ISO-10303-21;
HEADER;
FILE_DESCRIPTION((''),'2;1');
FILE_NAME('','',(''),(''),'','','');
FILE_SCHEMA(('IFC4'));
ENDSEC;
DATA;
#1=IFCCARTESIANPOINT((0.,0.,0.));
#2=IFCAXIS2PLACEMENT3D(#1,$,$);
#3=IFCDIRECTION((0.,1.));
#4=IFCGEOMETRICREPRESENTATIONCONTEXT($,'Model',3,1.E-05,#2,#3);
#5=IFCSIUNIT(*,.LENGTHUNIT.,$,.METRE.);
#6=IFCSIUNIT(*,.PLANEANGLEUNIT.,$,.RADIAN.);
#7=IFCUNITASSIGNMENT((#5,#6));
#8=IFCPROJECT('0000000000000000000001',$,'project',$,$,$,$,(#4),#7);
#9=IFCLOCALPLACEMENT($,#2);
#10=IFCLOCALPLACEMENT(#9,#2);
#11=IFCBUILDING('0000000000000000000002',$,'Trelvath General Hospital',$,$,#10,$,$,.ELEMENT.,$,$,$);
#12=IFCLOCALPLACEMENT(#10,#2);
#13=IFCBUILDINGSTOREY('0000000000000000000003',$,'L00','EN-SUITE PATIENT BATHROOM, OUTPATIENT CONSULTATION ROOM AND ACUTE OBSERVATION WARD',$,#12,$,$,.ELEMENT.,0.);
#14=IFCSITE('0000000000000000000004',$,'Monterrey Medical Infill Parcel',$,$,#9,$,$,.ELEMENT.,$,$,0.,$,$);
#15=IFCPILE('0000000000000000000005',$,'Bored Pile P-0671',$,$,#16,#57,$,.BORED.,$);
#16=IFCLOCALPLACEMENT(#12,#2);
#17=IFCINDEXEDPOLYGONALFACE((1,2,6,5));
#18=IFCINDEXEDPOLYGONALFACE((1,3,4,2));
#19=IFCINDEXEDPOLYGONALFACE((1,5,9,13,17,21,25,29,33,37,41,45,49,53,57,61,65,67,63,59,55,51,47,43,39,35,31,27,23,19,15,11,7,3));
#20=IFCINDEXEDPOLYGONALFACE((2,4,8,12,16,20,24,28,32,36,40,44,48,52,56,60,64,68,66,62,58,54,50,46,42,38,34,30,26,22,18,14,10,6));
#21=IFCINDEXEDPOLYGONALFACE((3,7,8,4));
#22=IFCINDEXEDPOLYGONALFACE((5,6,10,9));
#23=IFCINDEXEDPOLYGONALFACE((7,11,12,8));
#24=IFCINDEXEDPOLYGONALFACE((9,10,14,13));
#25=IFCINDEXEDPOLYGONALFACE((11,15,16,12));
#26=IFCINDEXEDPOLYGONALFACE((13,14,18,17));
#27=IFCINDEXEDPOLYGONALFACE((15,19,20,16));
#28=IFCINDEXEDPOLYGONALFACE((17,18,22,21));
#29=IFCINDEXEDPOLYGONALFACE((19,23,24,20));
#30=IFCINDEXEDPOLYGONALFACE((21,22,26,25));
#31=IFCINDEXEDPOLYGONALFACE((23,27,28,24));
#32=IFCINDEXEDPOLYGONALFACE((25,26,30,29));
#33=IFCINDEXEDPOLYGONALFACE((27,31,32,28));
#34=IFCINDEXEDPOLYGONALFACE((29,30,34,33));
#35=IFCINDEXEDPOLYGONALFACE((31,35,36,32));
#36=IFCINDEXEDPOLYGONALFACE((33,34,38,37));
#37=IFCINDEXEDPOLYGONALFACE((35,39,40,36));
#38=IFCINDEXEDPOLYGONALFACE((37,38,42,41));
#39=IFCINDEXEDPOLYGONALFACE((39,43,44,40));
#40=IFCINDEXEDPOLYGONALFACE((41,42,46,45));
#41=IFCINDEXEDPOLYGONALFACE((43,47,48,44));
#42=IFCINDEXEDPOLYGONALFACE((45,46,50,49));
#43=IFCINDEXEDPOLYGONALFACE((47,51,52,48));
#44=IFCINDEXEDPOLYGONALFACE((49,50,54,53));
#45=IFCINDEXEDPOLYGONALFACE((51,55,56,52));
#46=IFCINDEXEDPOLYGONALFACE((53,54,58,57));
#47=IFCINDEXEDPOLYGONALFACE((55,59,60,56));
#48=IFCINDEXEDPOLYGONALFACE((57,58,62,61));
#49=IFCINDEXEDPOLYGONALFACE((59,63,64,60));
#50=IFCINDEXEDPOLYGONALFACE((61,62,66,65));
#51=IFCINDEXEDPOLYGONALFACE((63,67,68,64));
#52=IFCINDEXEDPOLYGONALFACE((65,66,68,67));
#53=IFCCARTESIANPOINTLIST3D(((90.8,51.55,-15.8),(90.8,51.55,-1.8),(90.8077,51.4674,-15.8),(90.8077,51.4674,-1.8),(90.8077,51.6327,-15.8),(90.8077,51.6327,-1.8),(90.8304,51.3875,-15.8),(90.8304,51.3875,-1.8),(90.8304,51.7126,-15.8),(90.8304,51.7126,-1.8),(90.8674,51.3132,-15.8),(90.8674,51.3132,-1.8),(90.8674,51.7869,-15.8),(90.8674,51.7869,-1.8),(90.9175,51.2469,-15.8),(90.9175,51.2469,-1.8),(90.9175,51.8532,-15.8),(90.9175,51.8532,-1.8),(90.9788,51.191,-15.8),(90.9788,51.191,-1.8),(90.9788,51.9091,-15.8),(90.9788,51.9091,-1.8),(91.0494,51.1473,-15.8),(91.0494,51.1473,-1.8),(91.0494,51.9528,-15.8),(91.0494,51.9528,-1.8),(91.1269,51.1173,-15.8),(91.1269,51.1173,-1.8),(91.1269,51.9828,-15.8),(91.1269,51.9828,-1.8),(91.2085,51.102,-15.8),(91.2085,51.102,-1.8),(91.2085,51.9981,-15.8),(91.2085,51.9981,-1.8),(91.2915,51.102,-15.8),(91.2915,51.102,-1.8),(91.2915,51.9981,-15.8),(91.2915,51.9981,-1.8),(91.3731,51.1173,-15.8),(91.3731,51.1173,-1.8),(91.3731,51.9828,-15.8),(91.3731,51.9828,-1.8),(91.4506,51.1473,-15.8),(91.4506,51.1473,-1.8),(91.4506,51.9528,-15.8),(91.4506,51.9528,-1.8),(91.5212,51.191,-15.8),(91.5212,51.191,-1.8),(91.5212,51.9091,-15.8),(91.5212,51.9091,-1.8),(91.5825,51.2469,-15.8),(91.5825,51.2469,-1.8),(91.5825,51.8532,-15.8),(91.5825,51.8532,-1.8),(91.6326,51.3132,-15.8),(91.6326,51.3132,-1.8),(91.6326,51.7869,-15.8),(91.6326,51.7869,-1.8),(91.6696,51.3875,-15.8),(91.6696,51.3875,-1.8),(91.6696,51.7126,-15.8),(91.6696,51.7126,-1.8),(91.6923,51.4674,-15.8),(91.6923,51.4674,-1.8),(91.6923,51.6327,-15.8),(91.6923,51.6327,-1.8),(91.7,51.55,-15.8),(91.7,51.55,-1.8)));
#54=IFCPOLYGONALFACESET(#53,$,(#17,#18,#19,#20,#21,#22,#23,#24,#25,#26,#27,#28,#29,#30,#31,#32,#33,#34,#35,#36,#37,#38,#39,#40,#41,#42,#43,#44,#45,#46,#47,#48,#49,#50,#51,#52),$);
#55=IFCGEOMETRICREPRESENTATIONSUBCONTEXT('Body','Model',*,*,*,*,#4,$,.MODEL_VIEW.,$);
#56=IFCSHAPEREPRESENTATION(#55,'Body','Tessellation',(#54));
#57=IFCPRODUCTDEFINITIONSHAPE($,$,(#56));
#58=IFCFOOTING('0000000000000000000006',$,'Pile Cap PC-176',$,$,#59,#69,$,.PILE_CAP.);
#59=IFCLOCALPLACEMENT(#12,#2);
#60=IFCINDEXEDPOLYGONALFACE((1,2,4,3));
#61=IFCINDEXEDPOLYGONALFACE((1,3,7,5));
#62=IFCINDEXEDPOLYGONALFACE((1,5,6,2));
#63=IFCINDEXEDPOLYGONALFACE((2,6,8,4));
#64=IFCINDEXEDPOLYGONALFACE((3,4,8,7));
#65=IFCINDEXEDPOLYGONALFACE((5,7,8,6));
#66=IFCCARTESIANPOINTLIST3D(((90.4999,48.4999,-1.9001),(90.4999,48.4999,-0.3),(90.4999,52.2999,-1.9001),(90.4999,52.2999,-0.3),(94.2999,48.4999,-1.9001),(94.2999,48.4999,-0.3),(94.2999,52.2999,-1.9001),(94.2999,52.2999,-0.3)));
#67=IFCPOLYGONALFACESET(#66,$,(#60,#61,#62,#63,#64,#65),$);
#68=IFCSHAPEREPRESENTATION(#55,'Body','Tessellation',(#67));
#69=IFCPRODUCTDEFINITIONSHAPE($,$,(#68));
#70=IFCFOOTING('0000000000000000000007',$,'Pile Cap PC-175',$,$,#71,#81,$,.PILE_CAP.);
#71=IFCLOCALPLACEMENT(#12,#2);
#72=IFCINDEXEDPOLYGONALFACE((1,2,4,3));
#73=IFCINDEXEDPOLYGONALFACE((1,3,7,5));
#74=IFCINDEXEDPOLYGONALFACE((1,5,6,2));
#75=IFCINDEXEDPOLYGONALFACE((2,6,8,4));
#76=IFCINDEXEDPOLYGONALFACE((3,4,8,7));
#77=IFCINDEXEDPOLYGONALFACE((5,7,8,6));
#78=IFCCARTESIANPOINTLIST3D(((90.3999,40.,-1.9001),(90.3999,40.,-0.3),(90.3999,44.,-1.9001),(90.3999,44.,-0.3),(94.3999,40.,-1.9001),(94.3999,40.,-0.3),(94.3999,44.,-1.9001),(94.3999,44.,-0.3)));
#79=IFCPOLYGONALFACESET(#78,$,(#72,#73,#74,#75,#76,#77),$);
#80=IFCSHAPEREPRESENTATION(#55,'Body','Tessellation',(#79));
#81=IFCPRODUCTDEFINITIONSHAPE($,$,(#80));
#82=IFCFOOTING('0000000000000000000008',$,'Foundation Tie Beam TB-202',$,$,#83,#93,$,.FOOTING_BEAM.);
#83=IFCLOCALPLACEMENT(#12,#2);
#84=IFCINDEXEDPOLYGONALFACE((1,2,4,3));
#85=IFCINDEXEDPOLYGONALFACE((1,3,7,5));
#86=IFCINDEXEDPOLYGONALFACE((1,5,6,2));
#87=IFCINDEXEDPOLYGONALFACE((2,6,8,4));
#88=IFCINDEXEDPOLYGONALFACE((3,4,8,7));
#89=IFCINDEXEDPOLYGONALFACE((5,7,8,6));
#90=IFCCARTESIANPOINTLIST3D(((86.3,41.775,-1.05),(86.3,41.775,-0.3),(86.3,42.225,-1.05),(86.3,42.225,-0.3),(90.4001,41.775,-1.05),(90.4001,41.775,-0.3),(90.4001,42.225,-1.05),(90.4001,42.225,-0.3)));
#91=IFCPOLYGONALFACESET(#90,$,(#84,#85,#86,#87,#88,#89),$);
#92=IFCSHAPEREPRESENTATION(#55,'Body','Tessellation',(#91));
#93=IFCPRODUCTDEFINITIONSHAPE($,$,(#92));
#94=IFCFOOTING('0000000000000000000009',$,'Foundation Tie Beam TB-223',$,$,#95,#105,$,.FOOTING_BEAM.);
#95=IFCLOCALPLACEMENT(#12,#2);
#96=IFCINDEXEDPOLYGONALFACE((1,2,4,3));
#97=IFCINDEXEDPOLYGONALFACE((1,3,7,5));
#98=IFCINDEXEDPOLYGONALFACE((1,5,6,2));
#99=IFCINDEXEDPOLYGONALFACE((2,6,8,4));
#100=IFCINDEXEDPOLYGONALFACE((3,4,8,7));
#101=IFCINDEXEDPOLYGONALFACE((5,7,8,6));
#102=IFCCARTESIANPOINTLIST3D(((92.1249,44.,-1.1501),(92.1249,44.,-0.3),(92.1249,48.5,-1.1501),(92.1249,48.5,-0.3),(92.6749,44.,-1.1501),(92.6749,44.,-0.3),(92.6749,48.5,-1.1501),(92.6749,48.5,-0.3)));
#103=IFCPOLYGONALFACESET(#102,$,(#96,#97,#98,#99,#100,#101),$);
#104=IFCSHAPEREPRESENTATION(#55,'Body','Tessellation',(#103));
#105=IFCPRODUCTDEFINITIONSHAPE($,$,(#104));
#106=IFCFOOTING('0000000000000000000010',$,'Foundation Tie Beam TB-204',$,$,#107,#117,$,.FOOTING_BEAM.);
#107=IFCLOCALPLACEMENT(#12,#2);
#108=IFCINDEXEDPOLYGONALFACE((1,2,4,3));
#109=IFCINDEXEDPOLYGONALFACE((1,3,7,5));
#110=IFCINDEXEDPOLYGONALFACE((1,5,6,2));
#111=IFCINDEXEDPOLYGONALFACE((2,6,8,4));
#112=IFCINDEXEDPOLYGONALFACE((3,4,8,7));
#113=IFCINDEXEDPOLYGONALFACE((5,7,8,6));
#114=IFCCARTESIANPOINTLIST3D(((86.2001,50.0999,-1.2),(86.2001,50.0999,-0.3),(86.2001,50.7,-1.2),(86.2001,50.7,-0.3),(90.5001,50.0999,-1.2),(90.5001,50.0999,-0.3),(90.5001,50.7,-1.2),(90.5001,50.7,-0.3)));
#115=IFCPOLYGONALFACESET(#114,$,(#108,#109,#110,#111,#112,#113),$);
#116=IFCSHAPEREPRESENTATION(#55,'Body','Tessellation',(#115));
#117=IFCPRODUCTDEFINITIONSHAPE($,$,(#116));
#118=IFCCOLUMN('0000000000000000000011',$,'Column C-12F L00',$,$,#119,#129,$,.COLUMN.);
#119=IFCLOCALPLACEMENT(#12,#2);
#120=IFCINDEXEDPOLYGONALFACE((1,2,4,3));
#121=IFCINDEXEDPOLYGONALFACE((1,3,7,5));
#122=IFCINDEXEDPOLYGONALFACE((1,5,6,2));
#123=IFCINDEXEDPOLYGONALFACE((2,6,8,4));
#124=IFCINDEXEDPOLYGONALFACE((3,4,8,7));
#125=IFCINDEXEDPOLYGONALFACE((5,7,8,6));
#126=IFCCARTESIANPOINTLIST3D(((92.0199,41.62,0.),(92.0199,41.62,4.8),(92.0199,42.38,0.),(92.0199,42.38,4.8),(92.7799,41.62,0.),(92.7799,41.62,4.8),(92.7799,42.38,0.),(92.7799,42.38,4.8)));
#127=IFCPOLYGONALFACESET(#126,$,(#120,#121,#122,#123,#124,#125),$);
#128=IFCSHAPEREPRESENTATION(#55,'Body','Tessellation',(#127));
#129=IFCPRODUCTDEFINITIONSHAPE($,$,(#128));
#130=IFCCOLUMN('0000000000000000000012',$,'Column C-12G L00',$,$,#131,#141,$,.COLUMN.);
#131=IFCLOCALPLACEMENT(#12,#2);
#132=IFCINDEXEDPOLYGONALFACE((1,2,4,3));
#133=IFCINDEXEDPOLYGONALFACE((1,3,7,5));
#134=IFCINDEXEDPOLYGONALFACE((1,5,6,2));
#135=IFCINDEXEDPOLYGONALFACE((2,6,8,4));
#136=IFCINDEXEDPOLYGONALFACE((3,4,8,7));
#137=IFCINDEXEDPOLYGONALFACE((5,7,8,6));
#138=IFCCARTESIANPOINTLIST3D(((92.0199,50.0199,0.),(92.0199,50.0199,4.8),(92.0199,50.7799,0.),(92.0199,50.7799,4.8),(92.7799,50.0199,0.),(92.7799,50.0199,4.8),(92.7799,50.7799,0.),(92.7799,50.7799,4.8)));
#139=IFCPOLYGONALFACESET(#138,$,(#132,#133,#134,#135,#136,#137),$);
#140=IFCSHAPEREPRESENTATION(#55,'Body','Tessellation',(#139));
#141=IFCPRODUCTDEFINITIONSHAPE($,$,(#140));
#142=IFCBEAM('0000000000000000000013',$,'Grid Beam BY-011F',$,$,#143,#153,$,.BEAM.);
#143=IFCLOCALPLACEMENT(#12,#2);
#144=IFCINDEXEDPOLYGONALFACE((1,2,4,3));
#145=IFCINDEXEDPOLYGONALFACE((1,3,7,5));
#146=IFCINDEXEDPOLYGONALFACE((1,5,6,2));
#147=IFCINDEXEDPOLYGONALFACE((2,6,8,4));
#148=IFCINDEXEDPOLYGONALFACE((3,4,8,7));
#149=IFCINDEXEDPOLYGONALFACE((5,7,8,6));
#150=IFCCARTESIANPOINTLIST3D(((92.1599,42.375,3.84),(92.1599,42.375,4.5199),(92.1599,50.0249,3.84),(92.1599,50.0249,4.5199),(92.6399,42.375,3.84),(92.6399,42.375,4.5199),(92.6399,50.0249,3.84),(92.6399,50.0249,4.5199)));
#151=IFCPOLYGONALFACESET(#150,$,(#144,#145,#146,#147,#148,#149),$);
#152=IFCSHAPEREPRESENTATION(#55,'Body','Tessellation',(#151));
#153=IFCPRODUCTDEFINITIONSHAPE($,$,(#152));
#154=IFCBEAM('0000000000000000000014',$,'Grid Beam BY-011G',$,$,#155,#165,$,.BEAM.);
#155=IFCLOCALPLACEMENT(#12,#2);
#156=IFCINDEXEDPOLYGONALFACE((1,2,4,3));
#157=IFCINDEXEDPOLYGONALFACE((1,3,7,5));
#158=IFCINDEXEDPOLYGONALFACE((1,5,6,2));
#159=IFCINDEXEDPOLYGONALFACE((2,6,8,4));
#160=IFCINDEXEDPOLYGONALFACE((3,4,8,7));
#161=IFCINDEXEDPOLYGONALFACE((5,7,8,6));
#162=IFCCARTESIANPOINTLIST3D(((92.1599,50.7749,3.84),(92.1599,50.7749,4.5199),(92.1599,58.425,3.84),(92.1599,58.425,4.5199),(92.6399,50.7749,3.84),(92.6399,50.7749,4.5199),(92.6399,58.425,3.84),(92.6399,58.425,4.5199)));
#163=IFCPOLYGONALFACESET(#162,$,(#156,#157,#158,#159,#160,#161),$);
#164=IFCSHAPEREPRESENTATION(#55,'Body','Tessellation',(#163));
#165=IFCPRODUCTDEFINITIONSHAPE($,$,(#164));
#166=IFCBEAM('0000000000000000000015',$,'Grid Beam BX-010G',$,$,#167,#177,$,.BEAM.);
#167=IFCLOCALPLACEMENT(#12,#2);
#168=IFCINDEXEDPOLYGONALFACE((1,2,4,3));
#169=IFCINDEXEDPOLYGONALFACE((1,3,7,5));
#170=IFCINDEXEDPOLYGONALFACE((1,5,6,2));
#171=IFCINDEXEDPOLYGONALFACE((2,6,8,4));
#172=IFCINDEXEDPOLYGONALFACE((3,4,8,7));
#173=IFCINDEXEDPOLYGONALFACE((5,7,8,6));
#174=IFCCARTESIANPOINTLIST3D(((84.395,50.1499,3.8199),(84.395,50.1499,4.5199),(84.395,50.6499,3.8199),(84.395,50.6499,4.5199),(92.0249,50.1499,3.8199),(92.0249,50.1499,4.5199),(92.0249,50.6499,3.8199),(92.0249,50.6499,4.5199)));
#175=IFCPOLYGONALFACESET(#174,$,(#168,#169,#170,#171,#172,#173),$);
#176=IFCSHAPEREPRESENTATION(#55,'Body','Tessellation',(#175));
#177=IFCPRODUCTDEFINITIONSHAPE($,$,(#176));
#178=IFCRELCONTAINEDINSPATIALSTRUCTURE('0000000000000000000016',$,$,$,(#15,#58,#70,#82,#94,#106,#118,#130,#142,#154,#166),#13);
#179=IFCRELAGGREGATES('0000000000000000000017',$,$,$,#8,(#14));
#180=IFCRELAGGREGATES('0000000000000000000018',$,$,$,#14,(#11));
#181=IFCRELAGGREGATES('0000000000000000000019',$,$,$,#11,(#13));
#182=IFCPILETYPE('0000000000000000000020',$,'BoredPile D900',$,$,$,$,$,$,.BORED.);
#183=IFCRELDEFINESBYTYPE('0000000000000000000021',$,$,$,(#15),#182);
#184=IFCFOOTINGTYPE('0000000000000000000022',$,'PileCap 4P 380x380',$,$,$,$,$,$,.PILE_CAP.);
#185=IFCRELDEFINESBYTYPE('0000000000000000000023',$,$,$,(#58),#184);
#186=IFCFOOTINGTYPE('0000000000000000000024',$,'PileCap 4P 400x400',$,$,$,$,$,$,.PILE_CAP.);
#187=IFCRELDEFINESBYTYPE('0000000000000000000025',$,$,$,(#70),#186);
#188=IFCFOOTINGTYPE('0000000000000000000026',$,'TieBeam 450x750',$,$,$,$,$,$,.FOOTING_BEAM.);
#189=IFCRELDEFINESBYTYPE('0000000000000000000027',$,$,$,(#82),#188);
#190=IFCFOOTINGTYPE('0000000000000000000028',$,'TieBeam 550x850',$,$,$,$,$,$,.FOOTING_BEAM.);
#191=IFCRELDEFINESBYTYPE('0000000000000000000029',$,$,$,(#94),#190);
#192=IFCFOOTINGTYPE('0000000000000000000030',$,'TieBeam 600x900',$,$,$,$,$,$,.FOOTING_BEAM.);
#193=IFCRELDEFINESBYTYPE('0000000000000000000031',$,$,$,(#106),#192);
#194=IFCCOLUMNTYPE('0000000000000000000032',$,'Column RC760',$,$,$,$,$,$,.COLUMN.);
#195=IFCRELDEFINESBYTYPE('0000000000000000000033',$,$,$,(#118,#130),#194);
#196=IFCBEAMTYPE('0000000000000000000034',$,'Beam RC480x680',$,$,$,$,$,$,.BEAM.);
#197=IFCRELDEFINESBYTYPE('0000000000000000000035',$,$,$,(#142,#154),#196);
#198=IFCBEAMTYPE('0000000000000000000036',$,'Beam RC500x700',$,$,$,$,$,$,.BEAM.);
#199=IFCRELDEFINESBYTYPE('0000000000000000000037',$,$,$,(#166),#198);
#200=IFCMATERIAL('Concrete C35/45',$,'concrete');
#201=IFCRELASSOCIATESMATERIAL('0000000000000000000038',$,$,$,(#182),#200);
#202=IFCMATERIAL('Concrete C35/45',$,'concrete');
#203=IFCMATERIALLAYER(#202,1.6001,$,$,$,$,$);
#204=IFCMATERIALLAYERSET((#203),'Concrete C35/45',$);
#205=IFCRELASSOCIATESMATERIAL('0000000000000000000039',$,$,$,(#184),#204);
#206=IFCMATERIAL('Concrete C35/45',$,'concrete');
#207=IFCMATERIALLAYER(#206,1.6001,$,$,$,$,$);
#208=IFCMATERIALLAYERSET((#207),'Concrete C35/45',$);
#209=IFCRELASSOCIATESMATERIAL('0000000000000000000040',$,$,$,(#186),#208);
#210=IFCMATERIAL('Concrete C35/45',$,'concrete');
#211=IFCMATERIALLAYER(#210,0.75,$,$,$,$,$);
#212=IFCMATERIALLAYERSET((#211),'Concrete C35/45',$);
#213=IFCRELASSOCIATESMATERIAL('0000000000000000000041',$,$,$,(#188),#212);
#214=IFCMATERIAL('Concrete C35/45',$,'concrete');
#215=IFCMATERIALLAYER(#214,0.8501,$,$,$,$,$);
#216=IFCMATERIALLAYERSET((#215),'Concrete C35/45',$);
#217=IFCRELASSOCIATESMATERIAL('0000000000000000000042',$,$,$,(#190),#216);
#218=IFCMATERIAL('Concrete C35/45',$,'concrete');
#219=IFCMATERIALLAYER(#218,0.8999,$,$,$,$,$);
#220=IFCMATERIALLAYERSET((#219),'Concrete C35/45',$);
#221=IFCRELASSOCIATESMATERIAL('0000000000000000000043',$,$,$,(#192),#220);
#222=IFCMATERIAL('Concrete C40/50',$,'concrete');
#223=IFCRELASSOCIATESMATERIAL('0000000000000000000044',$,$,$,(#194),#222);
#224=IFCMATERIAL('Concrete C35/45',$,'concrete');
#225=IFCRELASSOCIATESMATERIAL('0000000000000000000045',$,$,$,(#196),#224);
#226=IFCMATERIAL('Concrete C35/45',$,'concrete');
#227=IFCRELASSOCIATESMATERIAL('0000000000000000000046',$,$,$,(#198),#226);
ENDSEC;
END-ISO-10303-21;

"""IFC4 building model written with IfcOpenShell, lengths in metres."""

from ifc_helpers import new_model, si_unit, direction, frame, origin, origin_2d, place, context, subcontext, project, spatial, rectangle, circle, extrude, material, layer, layer_set, material_profile, profile_set, type_object, element, save


model = new_model("IFC4")

# Units and contexts
model_context = context("Model", 3, precision=1e-05, world=origin(), true_north=direction((0.0, 1.0)))
body_context = subcontext(model_context, "Body", "Model", "MODEL_VIEW")
ifc_project = project(units=[si_unit("LENGTHUNIT", "METRE"), si_unit("PLANEANGLEUNIT", "RADIAN")], contexts=[model_context])

# Site, building, storey
site_placement = place(None, origin())
site = spatial("IfcSite", under=ifc_project, at=site_placement, Name="Monterrey Medical Infill Parcel", CompositionType="ELEMENT", RefElevation=0.0)
building_placement = place(site_placement, origin())
building = spatial("IfcBuilding", under=site, at=building_placement, Name="Trelvath General Hospital", CompositionType="ELEMENT")
storey_placement = place(building_placement, origin())
storey = spatial("IfcBuildingStorey", under=building, at=storey_placement, Name="L00", Description="EN-SUITE PATIENT BATHROOM, OUTPATIENT CONSULTATION ROOM AND ACUTE OBSERVATION WARD", CompositionType="ELEMENT", Elevation=0.0)

# Pile
ifc_material_1 = material(Name="Concrete C35/45", Category="concrete")
ifc_material_profile_1 = material_profile(ifc_material_1, circle(Radius=0.45, at=origin_2d()), Name="PILE900")
ifc_profile_set_1 = profile_set([ifc_material_profile_1], Name="Concrete C35/45")
pile_type_1 = type_object("IfcPileType", Name="BoredPile D900", PredefinedType="BORED", material=ifc_profile_set_1)
for number, where, z_axis, x_axis, name in (
    (1, (91.25, 51.55, -1.8), (0.0, 0.0, -1.0), (1.0, 0.0, 0.0), "Bored Pile P-0671"),
):
    element("IfcPile", number, at=place(storey_placement, frame(where, z_axis=z_axis, x_axis=x_axis)), inside=storey, type_object=pile_type_1, Name=name, PredefinedType="BORED", context=body_context, shape_type="SweptSolid", body=[
        extrude(circle(Radius=0.45, at=origin_2d()), origin(), (0.0, 0.0, 1.0), 14.0),
    ])

# Footings
ifc_material_2 = material(Name="Concrete C35/45", Category="concrete")
ifc_layer_1 = layer(ifc_material_2, 1.6001)
ifc_layer_set_1 = layer_set([ifc_layer_1], Name="Concrete C35/45")
footing_type_1 = type_object("IfcFootingType", Name="PileCap 4P 380x380", PredefinedType="PILE_CAP", material=ifc_layer_set_1)
footing_1_placement = place(storey_placement, frame((92.3999, 50.3999, -1.9001), z_axis=(0.0, 0.0, 1.0), x_axis=(1.0, 0.0, 0.0)))
element("IfcFooting", 2, at=footing_1_placement, inside=storey, type_object=footing_type_1, Name="Pile Cap PC-176", PredefinedType="PILE_CAP", context=body_context, shape_type="SweptSolid", body=[
    extrude(rectangle(XDim=3.8, YDim=3.8, at=origin_2d()), origin(), (0.0, 0.0, 1.0), 1.6001),
])
ifc_material_3 = material(Name="Concrete C35/45", Category="concrete")
ifc_layer_2 = layer(ifc_material_3, 1.6001)
ifc_layer_set_2 = layer_set([ifc_layer_2], Name="Concrete C35/45")
footing_type_2 = type_object("IfcFootingType", Name="PileCap 4P 400x400", PredefinedType="PILE_CAP", material=ifc_layer_set_2)
footing_2_placement = place(storey_placement, frame((92.3999, 42.0, -1.9001), z_axis=(0.0, 0.0, 1.0), x_axis=(1.0, 0.0, 0.0)))
element("IfcFooting", 3, at=footing_2_placement, inside=storey, type_object=footing_type_2, Name="Pile Cap PC-175", PredefinedType="PILE_CAP", context=body_context, shape_type="SweptSolid", body=[
    extrude(rectangle(XDim=4.0, YDim=4.0, at=origin_2d()), origin(), (0.0, 0.0, 1.0), 1.6001),
])
ifc_material_4 = material(Name="Concrete C35/45", Category="concrete")
ifc_layer_3 = layer(ifc_material_4, 0.75)
ifc_layer_set_3 = layer_set([ifc_layer_3], Name="Concrete C35/45")
footing_type_3 = type_object("IfcFootingType", Name="TieBeam 450x750", PredefinedType="FOOTING_BEAM", material=ifc_layer_set_3)
footing_3_placement = place(storey_placement, frame((88.3501, 42.0, -1.05), z_axis=(0.0, 0.0, 1.0), x_axis=(1.0, 0.0, 0.0)))
element("IfcFooting", 4, at=footing_3_placement, inside=storey, type_object=footing_type_3, Name="Foundation Tie Beam TB-202", PredefinedType="FOOTING_BEAM", context=body_context, shape_type="SweptSolid", body=[
    extrude(rectangle(XDim=4.1001, YDim=0.45, at=origin_2d()), origin(), (0.0, 0.0, 1.0), 0.75),
])
ifc_material_5 = material(Name="Concrete C35/45", Category="concrete")
ifc_layer_4 = layer(ifc_material_5, 0.8501)
ifc_layer_set_4 = layer_set([ifc_layer_4], Name="Concrete C35/45")
footing_type_4 = type_object("IfcFootingType", Name="TieBeam 550x850", PredefinedType="FOOTING_BEAM", material=ifc_layer_set_4)
footing_4_placement = place(storey_placement, frame((92.3999, 46.25, -1.1501), z_axis=(0.0, 0.0, 1.0), x_axis=(1.0, 0.0, 0.0)))
element("IfcFooting", 5, at=footing_4_placement, inside=storey, type_object=footing_type_4, Name="Foundation Tie Beam TB-223", PredefinedType="FOOTING_BEAM", context=body_context, shape_type="SweptSolid", body=[
    extrude(rectangle(XDim=0.55, YDim=4.5, at=origin_2d()), origin(), (0.0, 0.0, 1.0), 0.8501),
])
ifc_material_6 = material(Name="Concrete C35/45", Category="concrete")
ifc_layer_5 = layer(ifc_material_6, 0.8999)
ifc_layer_set_5 = layer_set([ifc_layer_5], Name="Concrete C35/45")
footing_type_5 = type_object("IfcFootingType", Name="TieBeam 600x900", PredefinedType="FOOTING_BEAM", material=ifc_layer_set_5)
footing_5_placement = place(storey_placement, frame((88.3501, 50.3999, -1.2), z_axis=(0.0, 0.0, 1.0), x_axis=(1.0, 0.0, 0.0)))
element("IfcFooting", 6, at=footing_5_placement, inside=storey, type_object=footing_type_5, Name="Foundation Tie Beam TB-204", PredefinedType="FOOTING_BEAM", context=body_context, shape_type="SweptSolid", body=[
    extrude(rectangle(XDim=4.3, YDim=0.6001, at=origin_2d()), origin(), (0.0, 0.0, 1.0), 0.8999),
])

# Columns
ifc_material_7 = material(Name="Concrete C40/50", Category="concrete")
ifc_material_profile_2 = material_profile(ifc_material_7, rectangle(XDim=0.76, YDim=0.76, at=origin_2d()), Name="RC760x760")
ifc_profile_set_2 = profile_set([ifc_material_profile_2], Name="Concrete C40/50")
column_type = type_object("IfcColumnType", Name="Column RC760", PredefinedType="COLUMN", material=ifc_profile_set_2)
for number, where, z_axis, x_axis, name in (
    (7, (92.3999, 42.0, 0.0), (0.0, 0.0, 1.0), (1.0, 0.0, 0.0), "Column C-12F L00"),
    (8, (92.3999, 50.3999, 0.0), (0.0, 0.0, 1.0), (1.0, 0.0, 0.0), "Column C-12G L00"),
):
    element("IfcColumn", number, at=place(storey_placement, frame(where, z_axis=z_axis, x_axis=x_axis)), inside=storey, type_object=column_type, Name=name, PredefinedType="COLUMN", context=body_context, shape_type="SweptSolid", body=[
        extrude(rectangle(XDim=0.76, YDim=0.76, at=origin_2d()), origin(), (0.0, 0.0, 1.0), 4.8),
    ])

# Beams
ifc_material_8 = material(Name="Concrete C35/45", Category="concrete")
ifc_material_profile_3 = material_profile(ifc_material_8, rectangle(XDim=0.48, YDim=0.6799, at=origin_2d()), Name="RCB480x680")
ifc_profile_set_3 = profile_set([ifc_material_profile_3], Name="Concrete C35/45")
beam_type_1 = type_object("IfcBeamType", Name="Beam RC480x680", PredefinedType="BEAM", material=ifc_profile_set_3)
beam_1_placement = place(storey_placement, frame((92.3999, 42.375, 4.1799), z_axis=(0.0, 1.0, 0.0), x_axis=(-1.0, 0.0, 0.0)))
element("IfcBeam", 9, at=beam_1_placement, inside=storey, type_object=beam_type_1, Name="Grid Beam BY-011F", PredefinedType="BEAM", context=body_context, shape_type="SweptSolid", body=[
    extrude(rectangle(XDim=0.48, YDim=0.6799, at=origin_2d()), origin(), (0.0, 0.0, 1.0), 7.6499),
])
beam_2_placement = place(storey_placement, frame((92.3999, 50.7749, 4.1799), z_axis=(0.0, 1.0, 0.0), x_axis=(-1.0, 0.0, 0.0)))
element("IfcBeam", 10, at=beam_2_placement, inside=storey, type_object=beam_type_1, Name="Grid Beam BY-011G", PredefinedType="BEAM", context=body_context, shape_type="SweptSolid", body=[
    extrude(rectangle(XDim=0.48, YDim=0.6799, at=origin_2d()), origin(), (0.0, 0.0, 1.0), 7.6501),
])
ifc_material_9 = material(Name="Concrete C35/45", Category="concrete")
ifc_material_profile_4 = material_profile(ifc_material_9, rectangle(XDim=0.5, YDim=0.7, at=origin_2d()), Name="RCB500x700")
ifc_profile_set_4 = profile_set([ifc_material_profile_4], Name="Concrete C35/45")
beam_type_2 = type_object("IfcBeamType", Name="Beam RC500x700", PredefinedType="BEAM", material=ifc_profile_set_4)
beam_3_placement = place(storey_placement, frame((84.395, 50.3999, 4.1699), z_axis=(1.0, 0.0, 0.0), x_axis=(0.0, 1.0, 0.0)))
element("IfcBeam", 11, at=beam_3_placement, inside=storey, type_object=beam_type_2, Name="Grid Beam BX-010G", PredefinedType="BEAM", context=body_context, shape_type="SweptSolid", body=[
    extrude(rectangle(XDim=0.5, YDim=0.7, at=origin_2d()), origin(), (0.0, 0.0, 1.0), 7.6299),
])

save(model, "model.ifc")
